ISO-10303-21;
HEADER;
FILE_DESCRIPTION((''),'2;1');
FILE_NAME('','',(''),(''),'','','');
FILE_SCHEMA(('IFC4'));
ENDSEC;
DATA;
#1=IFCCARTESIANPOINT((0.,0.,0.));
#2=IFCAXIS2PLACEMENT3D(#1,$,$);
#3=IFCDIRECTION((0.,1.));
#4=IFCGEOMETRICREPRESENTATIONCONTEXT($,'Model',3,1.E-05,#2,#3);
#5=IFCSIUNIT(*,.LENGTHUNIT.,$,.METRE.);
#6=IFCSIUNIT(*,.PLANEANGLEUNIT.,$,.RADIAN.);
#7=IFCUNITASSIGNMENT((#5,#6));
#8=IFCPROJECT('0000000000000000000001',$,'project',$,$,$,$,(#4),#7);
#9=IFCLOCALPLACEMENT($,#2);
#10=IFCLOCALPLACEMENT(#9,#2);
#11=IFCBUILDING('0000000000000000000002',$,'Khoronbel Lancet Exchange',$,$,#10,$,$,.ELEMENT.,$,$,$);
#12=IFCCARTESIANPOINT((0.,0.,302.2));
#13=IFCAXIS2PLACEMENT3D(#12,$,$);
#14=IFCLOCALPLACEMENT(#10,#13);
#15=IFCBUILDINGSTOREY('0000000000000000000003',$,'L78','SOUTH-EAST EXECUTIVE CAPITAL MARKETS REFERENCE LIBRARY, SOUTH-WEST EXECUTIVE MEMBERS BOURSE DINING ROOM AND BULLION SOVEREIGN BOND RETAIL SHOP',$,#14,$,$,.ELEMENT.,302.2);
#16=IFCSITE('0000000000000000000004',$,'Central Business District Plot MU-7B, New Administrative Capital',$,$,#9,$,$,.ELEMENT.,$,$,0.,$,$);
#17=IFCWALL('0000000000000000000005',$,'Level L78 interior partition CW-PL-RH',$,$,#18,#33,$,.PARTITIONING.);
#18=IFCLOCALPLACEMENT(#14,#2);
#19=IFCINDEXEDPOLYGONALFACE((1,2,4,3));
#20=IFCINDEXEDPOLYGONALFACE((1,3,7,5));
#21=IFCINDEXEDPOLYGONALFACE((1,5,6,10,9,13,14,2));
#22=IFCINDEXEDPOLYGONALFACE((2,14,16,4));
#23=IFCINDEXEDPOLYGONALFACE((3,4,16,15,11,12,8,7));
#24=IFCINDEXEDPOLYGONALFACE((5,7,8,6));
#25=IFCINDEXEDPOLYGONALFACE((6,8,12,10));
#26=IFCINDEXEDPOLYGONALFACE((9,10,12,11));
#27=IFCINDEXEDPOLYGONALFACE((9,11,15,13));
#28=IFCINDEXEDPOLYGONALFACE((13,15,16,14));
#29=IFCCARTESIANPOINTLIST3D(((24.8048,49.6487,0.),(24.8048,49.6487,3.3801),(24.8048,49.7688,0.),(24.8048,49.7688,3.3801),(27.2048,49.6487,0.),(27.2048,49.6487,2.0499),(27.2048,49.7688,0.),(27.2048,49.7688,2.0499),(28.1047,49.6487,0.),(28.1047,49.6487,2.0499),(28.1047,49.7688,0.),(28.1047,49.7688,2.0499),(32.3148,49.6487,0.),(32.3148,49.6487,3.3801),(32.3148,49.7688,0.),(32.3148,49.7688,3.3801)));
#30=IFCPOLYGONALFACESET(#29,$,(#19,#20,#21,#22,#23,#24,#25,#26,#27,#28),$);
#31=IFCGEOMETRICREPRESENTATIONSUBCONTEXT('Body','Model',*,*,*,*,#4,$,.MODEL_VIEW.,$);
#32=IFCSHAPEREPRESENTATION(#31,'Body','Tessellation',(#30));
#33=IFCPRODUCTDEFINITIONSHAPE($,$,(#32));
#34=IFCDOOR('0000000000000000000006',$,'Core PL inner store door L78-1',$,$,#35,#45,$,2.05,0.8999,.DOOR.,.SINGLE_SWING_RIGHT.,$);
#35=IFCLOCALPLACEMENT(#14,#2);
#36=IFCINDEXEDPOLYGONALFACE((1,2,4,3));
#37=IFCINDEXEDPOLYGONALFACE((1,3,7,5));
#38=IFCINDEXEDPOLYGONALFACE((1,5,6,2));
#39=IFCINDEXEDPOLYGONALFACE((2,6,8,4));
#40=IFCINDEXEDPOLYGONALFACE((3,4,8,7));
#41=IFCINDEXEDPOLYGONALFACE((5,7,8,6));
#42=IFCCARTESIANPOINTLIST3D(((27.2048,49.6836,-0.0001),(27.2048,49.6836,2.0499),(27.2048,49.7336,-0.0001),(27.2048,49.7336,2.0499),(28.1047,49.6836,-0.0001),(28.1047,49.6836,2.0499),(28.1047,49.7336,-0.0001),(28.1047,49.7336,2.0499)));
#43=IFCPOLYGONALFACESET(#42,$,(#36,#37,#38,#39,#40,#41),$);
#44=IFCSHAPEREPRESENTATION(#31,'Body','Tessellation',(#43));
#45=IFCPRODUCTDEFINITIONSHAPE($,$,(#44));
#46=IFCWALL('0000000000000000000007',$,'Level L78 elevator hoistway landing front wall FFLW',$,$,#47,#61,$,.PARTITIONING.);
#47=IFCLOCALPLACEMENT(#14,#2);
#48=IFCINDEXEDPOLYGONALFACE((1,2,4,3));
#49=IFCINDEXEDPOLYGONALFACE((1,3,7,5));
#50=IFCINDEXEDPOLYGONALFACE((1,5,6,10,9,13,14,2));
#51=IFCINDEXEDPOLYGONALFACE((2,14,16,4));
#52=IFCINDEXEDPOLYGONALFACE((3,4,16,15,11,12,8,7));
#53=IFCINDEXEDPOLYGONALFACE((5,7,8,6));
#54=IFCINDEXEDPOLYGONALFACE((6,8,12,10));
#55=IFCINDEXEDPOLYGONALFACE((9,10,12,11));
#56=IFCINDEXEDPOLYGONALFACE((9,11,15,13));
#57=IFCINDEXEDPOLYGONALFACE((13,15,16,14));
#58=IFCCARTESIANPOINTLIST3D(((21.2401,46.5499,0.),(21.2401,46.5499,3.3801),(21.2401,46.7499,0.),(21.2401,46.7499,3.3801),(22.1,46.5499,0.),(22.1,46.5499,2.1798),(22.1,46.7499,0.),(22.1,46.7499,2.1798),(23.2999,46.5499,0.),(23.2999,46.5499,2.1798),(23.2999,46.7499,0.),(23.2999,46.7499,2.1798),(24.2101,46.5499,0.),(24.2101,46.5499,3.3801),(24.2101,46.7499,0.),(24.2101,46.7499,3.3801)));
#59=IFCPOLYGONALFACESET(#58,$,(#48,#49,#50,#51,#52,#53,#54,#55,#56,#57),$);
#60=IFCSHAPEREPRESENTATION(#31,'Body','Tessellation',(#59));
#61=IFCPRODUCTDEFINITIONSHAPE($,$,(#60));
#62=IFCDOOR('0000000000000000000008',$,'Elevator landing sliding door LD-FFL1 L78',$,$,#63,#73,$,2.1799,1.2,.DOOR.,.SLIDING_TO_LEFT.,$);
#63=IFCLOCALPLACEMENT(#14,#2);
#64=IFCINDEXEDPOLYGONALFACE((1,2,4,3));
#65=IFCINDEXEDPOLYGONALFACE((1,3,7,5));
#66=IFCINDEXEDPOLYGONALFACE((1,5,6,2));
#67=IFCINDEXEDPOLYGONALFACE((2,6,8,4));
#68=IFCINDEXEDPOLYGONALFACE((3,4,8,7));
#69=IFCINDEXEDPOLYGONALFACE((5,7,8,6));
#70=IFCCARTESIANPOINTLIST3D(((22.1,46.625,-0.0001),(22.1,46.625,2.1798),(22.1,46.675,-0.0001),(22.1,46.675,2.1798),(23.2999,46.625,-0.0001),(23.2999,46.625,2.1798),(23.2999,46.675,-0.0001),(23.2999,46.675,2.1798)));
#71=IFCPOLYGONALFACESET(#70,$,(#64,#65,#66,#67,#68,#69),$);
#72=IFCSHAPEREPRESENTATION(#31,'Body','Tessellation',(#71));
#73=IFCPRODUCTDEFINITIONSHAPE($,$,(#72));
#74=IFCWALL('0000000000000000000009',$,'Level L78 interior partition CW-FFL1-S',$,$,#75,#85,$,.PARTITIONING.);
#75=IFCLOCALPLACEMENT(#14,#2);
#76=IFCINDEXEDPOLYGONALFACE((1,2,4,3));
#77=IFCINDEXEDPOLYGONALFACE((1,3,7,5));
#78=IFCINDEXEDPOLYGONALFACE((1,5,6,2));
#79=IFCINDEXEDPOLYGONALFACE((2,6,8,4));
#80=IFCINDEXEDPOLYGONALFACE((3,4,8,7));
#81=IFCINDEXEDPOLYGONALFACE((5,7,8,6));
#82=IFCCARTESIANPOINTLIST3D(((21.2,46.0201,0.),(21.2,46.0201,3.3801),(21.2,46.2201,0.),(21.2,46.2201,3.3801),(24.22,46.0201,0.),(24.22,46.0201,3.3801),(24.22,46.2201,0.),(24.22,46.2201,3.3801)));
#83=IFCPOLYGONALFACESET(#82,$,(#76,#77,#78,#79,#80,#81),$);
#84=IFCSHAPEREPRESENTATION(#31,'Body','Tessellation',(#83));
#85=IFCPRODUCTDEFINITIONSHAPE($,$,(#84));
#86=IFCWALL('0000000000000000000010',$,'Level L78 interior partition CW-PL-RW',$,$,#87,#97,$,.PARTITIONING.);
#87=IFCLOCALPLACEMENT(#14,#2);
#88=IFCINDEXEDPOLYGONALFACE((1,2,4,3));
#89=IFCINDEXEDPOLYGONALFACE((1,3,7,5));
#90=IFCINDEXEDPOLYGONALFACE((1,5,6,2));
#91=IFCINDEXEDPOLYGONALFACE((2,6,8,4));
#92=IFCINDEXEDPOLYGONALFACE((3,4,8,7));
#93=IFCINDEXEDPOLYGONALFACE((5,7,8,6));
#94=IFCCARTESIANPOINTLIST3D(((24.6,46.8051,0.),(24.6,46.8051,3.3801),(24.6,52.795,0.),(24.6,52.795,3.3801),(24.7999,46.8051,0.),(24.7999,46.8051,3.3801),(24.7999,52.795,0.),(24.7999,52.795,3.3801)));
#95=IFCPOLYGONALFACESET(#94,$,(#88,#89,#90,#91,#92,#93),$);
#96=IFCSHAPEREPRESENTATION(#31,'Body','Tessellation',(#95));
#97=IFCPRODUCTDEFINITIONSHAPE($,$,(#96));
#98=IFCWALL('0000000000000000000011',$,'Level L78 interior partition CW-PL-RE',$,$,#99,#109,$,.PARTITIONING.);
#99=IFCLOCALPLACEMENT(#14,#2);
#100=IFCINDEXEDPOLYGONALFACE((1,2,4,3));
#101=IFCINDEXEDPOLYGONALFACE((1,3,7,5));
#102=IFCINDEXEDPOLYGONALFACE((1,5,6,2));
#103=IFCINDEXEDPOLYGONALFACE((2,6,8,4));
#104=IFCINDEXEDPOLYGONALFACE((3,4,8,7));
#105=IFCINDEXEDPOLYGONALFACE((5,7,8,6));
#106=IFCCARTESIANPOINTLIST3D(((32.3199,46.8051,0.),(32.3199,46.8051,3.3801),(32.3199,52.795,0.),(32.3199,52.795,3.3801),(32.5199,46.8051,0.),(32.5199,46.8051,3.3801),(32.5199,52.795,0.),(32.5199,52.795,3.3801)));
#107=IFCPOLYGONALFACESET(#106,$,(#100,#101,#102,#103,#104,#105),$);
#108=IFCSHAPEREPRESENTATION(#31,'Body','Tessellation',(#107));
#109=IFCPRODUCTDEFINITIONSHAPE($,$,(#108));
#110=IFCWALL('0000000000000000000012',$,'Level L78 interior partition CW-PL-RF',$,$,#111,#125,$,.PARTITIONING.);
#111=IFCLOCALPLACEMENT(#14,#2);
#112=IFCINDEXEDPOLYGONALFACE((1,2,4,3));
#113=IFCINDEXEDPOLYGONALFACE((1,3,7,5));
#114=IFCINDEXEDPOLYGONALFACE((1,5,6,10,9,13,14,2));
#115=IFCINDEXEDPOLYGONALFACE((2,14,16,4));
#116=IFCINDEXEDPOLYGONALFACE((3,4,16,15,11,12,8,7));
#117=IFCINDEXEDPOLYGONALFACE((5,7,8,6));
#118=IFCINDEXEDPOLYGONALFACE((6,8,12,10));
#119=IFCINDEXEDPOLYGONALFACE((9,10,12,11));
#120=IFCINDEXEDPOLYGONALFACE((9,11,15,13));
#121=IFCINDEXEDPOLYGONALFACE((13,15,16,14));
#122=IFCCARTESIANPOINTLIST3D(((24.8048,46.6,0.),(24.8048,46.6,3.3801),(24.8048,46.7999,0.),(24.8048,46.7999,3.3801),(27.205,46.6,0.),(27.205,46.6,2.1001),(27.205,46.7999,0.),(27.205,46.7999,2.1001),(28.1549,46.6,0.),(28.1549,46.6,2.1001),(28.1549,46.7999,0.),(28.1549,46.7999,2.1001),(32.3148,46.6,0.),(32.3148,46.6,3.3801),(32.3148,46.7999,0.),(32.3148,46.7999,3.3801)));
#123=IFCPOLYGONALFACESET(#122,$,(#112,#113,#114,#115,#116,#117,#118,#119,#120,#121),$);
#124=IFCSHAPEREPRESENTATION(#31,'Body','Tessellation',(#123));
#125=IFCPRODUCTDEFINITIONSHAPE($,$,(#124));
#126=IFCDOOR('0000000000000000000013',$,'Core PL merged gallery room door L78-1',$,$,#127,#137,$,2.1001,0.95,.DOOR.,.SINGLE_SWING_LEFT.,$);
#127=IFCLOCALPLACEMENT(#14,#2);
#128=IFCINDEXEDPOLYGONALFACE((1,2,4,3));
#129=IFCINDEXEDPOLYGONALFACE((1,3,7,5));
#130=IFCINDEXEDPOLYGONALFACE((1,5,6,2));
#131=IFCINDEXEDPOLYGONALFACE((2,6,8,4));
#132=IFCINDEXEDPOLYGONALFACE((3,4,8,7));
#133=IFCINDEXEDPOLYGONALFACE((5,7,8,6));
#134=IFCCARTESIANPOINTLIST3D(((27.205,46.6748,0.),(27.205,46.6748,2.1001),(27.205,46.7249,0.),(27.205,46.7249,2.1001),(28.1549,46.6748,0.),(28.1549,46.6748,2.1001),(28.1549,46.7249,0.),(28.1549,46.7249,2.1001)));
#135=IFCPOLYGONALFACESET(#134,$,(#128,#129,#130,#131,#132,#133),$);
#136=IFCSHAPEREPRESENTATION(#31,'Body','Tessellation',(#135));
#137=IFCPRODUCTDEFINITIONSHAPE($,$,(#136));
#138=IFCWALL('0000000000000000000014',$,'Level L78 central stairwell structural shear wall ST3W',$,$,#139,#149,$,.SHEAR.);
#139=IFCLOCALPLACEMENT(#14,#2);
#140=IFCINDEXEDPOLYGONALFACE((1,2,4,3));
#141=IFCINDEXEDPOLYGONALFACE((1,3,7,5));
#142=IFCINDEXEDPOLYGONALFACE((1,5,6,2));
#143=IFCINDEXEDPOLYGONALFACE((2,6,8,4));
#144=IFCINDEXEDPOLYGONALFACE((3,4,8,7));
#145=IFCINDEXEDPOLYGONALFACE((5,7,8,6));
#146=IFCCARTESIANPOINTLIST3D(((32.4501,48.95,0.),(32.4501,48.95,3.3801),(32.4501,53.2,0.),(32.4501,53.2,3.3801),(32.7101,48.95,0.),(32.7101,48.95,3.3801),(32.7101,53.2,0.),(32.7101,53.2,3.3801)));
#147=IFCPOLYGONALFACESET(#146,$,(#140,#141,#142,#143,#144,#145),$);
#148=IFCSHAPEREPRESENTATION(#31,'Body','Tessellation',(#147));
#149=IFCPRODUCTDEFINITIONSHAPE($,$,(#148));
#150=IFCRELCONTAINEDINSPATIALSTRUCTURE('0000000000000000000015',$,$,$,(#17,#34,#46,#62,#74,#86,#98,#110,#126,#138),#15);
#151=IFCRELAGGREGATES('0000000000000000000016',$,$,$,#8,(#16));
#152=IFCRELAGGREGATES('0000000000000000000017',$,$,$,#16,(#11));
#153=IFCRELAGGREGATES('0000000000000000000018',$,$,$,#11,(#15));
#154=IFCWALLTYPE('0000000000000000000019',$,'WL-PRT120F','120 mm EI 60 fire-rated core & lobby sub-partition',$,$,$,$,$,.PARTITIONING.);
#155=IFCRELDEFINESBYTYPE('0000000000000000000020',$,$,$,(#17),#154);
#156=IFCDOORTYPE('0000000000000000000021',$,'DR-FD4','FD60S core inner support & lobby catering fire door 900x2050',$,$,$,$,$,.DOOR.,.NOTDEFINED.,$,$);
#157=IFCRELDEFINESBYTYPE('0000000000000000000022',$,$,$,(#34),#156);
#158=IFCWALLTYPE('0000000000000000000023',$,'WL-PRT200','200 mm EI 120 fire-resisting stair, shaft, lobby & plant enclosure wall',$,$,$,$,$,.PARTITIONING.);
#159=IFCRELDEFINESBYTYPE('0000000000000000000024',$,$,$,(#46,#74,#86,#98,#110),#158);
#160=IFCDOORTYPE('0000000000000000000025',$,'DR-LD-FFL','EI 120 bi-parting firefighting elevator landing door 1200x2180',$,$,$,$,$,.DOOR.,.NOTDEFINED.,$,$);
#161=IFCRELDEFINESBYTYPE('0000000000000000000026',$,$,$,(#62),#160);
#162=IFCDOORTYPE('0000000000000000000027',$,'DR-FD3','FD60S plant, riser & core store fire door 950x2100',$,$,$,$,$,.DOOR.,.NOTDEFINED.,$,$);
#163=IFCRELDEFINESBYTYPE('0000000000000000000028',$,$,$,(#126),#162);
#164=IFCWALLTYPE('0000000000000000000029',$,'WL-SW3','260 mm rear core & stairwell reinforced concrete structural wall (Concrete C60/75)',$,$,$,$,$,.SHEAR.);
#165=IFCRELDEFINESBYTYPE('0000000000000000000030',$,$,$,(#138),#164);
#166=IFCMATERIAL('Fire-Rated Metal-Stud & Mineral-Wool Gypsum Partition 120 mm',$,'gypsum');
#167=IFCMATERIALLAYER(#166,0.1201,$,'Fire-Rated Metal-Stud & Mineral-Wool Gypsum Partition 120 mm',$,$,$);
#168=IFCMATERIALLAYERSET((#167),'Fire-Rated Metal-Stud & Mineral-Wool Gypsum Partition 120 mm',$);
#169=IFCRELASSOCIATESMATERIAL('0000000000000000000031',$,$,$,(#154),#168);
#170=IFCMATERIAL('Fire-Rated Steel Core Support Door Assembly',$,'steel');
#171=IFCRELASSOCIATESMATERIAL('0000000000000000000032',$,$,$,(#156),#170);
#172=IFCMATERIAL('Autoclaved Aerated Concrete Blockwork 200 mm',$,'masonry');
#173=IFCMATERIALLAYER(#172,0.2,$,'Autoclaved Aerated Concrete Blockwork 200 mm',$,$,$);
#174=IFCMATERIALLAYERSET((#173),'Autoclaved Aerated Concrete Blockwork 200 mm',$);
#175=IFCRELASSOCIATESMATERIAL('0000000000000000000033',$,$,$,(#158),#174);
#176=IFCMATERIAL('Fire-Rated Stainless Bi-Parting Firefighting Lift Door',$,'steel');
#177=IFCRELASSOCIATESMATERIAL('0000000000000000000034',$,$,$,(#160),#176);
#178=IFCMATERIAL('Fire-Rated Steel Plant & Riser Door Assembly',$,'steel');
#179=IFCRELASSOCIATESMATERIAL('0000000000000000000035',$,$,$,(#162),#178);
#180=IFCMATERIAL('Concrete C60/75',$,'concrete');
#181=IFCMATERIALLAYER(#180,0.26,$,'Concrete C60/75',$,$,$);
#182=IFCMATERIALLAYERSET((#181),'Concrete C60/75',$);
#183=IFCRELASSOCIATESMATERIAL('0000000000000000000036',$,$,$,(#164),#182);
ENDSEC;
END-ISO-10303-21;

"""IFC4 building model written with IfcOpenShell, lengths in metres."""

from ifc_helpers import new_model, si_unit, direction, frame, frame_2d, origin, place, context, subcontext, project, spatial, rectangle, extrude, material, layer, layer_set, type_object, element, fill, save


model = new_model("IFC4")

# Units and contexts
model_context = context("Model", 3, precision=1e-05, world=origin(), true_north=direction((0.0, 1.0)))
body_context = subcontext(model_context, "Body", "Model", "MODEL_VIEW")
ifc_project = project(units=[si_unit("LENGTHUNIT", "METRE"), si_unit("PLANEANGLEUNIT", "RADIAN")], contexts=[model_context])

# Site, building, storey
site_placement = place(None, origin())
site = spatial("IfcSite", under=ifc_project, at=site_placement, Name="Central Business District Plot MU-7B, New Administrative Capital", CompositionType="ELEMENT", RefElevation=0.0)
building_placement = place(site_placement, origin())
building = spatial("IfcBuilding", under=site, at=building_placement, Name="Khoronbel Lancet Exchange", CompositionType="ELEMENT")
storey_placement = place(building_placement, frame((0.0, 0.0, 302.2)))
storey = spatial("IfcBuildingStorey", under=building, at=storey_placement, Name="L78", Description="SOUTH-EAST EXECUTIVE CAPITAL MARKETS REFERENCE LIBRARY, SOUTH-WEST EXECUTIVE MEMBERS BOURSE DINING ROOM AND BULLION SOVEREIGN BOND RETAIL SHOP", CompositionType="ELEMENT", Elevation=302.2)

# Shared definitions
ifc_material_1 = material(Name="Fire-Rated Metal-Stud & Mineral-Wool Gypsum Partition 120 mm", Category="gypsum")
ifc_layer_1 = layer(ifc_material_1, 0.1201, Name="Fire-Rated Metal-Stud & Mineral-Wool Gypsum Partition 120 mm")
ifc_layer_set_1 = layer_set([ifc_layer_1], Name="Fire-Rated Metal-Stud & Mineral-Wool Gypsum Partition 120 mm")
wall_type_1 = type_object("IfcWallType", Name="WL-PRT120F", Description="120 mm EI 60 fire-rated core & lobby sub-partition", PredefinedType="PARTITIONING", material=ifc_layer_set_1)

# Walls, openings, doors
wall_1_placement = place(storey_placement, frame((24.8049, 49.7087, 0.0), z_axis=(0.0, 0.0, 1.0), x_axis=(1.0, 0.0, 0.0)))
wall_1 = element("IfcWall", 1, at=wall_1_placement, inside=storey, type_object=wall_type_1, Name="Level L78 interior partition CW-PL-RH", PredefinedType="PARTITIONING", context=body_context, shape_type="SweptSolid", body=[
    extrude(rectangle(XDim=7.51, YDim=0.1201, at=frame_2d((3.7549, 0.0))), origin(), (0.0, 0.0, 1.0), 3.3801),
])
opening_1_placement = place(wall_1_placement, frame((2.3999, 0.0, 0.0)))
opening_1 = element("IfcOpeningElement", 2, at=opening_1_placement, cuts=wall_1, PredefinedType="OPENING", context=body_context, shape_type="SweptSolid", body=[
    extrude(rectangle(XDim=0.8999, YDim=2.05, at=frame_2d((0.45, 1.0249))), frame((0.0, 0.0701, 0.0), z_axis=(0.0, -1.0, 0.0), x_axis=(1.0, 0.0, 0.0)), (0.0, 0.0, 1.0), 0.1401),
])
ifc_material_2 = material(Name="Fire-Rated Steel Core Support Door Assembly", Category="steel")
door_type_1 = type_object("IfcDoorType", Name="DR-FD4", Description="FD60S core inner support & lobby catering fire door 900x2050", OperationType="NOTDEFINED", PredefinedType="DOOR", material=ifc_material_2)
door_1_placement = place(opening_1_placement, origin())
door_1 = element("IfcDoor", 3, at=door_1_placement, inside=storey, type_object=door_type_1, Name="Core PL inner store door L78-1", OperationType="SINGLE_SWING_RIGHT", OverallHeight=2.05, OverallWidth=0.8999, PredefinedType="DOOR", context=body_context, shape_type="SweptSolid", body=[
    extrude(rectangle(XDim=0.8999, YDim=2.05, at=frame_2d((0.45, 1.0249))), frame((0.0, 0.0249, 0.0), z_axis=(0.0, -1.0, 0.0), x_axis=(1.0, 0.0, 0.0)), (0.0, 0.0, 1.0), 0.05),
])
fill(opening_1, door_1)
ifc_material_3 = material(Name="Autoclaved Aerated Concrete Blockwork 200 mm", Category="masonry")
ifc_layer_2 = layer(ifc_material_3, 0.2, Name="Autoclaved Aerated Concrete Blockwork 200 mm")
ifc_layer_set_2 = layer_set([ifc_layer_2], Name="Autoclaved Aerated Concrete Blockwork 200 mm")
wall_type_2 = type_object("IfcWallType", Name="WL-PRT200", Description="200 mm EI 120 fire-resisting stair, shaft, lobby & plant enclosure wall", PredefinedType="PARTITIONING", material=ifc_layer_set_2)
wall_2_placement = place(storey_placement, frame((24.21, 46.6499, 0.0), z_axis=(0.0, 0.0, 1.0), x_axis=(-1.0, 0.0, 0.0)))
wall_2 = element("IfcWall", 4, at=wall_2_placement, inside=storey, type_object=wall_type_2, Name="Level L78 elevator hoistway landing front wall FFLW", PredefinedType="PARTITIONING", context=body_context, shape_type="SweptSolid", body=[
    extrude(rectangle(XDim=2.97, YDim=0.2, at=frame_2d((1.4849, 0.0))), origin(), (0.0, 0.0, 1.0), 3.3801),
])
opening_2_placement = place(wall_2_placement, frame((0.9099, 0.0, 0.0)))
opening_2 = element("IfcOpeningElement", 5, at=opening_2_placement, cuts=wall_2, PredefinedType="OPENING", context=body_context, shape_type="SweptSolid", body=[
    extrude(rectangle(XDim=1.2, YDim=2.1799, at=frame_2d((0.6001, 1.0898))), frame((0.0, 0.1099, 0.0), z_axis=(0.0, -1.0, 0.0), x_axis=(1.0, 0.0, 0.0)), (0.0, 0.0, 1.0), 0.22),
])
ifc_material_4 = material(Name="Fire-Rated Stainless Bi-Parting Firefighting Lift Door", Category="steel")
door_type_2 = type_object("IfcDoorType", Name="DR-LD-FFL", Description="EI 120 bi-parting firefighting elevator landing door 1200x2180", OperationType="NOTDEFINED", PredefinedType="DOOR", material=ifc_material_4)
door_2_placement = place(opening_2_placement, origin())
door_2 = element("IfcDoor", 6, at=door_2_placement, inside=storey, type_object=door_type_2, Name="Elevator landing sliding door LD-FFL1 L78", OperationType="SLIDING_TO_LEFT", OverallHeight=2.1799, OverallWidth=1.2, PredefinedType="DOOR", context=body_context, shape_type="SweptSolid", body=[
    extrude(rectangle(XDim=1.2, YDim=2.1799, at=frame_2d((0.6001, 1.0898))), frame((0.0, 0.0249, 0.0), z_axis=(0.0, -1.0, 0.0), x_axis=(1.0, 0.0, 0.0)), (0.0, 0.0, 1.0), 0.05),
])
fill(opening_2, door_2)

# Walls
wall_3_placement = place(storey_placement, frame((21.2, 46.1201, 0.0), z_axis=(0.0, 0.0, 1.0), x_axis=(1.0, 0.0, 0.0)))
element("IfcWall", 7, at=wall_3_placement, inside=storey, type_object=wall_type_2, Name="Level L78 interior partition CW-FFL1-S", PredefinedType="PARTITIONING", context=body_context, shape_type="SweptSolid", body=[
    extrude(rectangle(XDim=3.02, YDim=0.2, at=frame_2d((1.51, 0.0))), origin(), (0.0, 0.0, 1.0), 3.3801),
])
for number, where, z_axis, x_axis, name in (
    (8, (24.7, 46.8049, 0.0), (0.0, 0.0, 1.0), (0.0, 1.0, 0.0), "Level L78 interior partition CW-PL-RW"),
    (9, (32.4199, 46.8049, 0.0), (0.0, 0.0, 1.0), (0.0, 1.0, 0.0), "Level L78 interior partition CW-PL-RE"),
):
    element("IfcWall", number, at=place(storey_placement, frame(where, z_axis=z_axis, x_axis=x_axis)), inside=storey, type_object=wall_type_2, Name=name, PredefinedType="PARTITIONING", context=body_context, shape_type="SweptSolid", body=[
        extrude(rectangle(XDim=5.99, YDim=0.2, at=frame_2d((2.9951, 0.0))), origin(), (0.0, 0.0, 1.0), 3.3801),
    ])

# Wall, opening, door
wall_4_placement = place(storey_placement, frame((24.8049, 46.7, 0.0), z_axis=(0.0, 0.0, 1.0), x_axis=(1.0, 0.0, 0.0)))
wall_4 = element("IfcWall", 10, at=wall_4_placement, inside=storey, type_object=wall_type_2, Name="Level L78 interior partition CW-PL-RF", PredefinedType="PARTITIONING", context=body_context, shape_type="SweptSolid", body=[
    extrude(rectangle(XDim=7.51, YDim=0.2, at=frame_2d((3.7549, 0.0))), origin(), (0.0, 0.0, 1.0), 3.3801),
])
opening_3_placement = place(wall_4_placement, frame((2.3999, 0.0, 0.0)))
opening_3 = element("IfcOpeningElement", 11, at=opening_3_placement, cuts=wall_4, PredefinedType="OPENING", context=body_context, shape_type="SweptSolid", body=[
    extrude(rectangle(XDim=0.95, YDim=2.1001, at=frame_2d((0.4751, 1.05))), frame((0.0, 0.1099, 0.0), z_axis=(0.0, -1.0, 0.0), x_axis=(1.0, 0.0, 0.0)), (0.0, 0.0, 1.0), 0.22),
])
ifc_material_5 = material(Name="Fire-Rated Steel Plant & Riser Door Assembly", Category="steel")
door_type_3 = type_object("IfcDoorType", Name="DR-FD3", Description="FD60S plant, riser & core store fire door 950x2100", OperationType="NOTDEFINED", PredefinedType="DOOR", material=ifc_material_5)
door_3_placement = place(opening_3_placement, origin())
door_3 = element("IfcDoor", 12, at=door_3_placement, inside=storey, type_object=door_type_3, Name="Core PL merged gallery room door L78-1", OperationType="SINGLE_SWING_LEFT", OverallHeight=2.1001, OverallWidth=0.95, PredefinedType="DOOR", context=body_context, shape_type="SweptSolid", body=[
    extrude(rectangle(XDim=0.95, YDim=2.1001, at=frame_2d((0.4751, 1.05))), frame((0.0, 0.0249, 0.0), z_axis=(0.0, -1.0, 0.0), x_axis=(1.0, 0.0, 0.0)), (0.0, 0.0, 1.0), 0.05),
])
fill(opening_3, door_3)

# Wall
ifc_material_6 = material(Name="Concrete C60/75", Category="concrete")
ifc_layer_3 = layer(ifc_material_6, 0.26, Name="Concrete C60/75")
ifc_layer_set_3 = layer_set([ifc_layer_3], Name="Concrete C60/75")
wall_type_3 = type_object("IfcWallType", Name="WL-SW3", Description="260 mm rear core & stairwell reinforced concrete structural wall (Concrete C60/75)", PredefinedType="SHEAR", material=ifc_layer_set_3)
wall_5_placement = place(storey_placement, frame((32.5801, 48.95, 0.0), z_axis=(0.0, 0.0, 1.0), x_axis=(0.0, 1.0, 0.0)))
element("IfcWall", 13, at=wall_5_placement, inside=storey, type_object=wall_type_3, Name="Level L78 central stairwell structural shear wall ST3W", PredefinedType="SHEAR", context=body_context, shape_type="SweptSolid", body=[
    extrude(rectangle(XDim=4.25, YDim=0.26, at=frame_2d((2.125, 0.0))), origin(), (0.0, 0.0, 1.0), 3.3801),
])

save(model, "model.ifc")
